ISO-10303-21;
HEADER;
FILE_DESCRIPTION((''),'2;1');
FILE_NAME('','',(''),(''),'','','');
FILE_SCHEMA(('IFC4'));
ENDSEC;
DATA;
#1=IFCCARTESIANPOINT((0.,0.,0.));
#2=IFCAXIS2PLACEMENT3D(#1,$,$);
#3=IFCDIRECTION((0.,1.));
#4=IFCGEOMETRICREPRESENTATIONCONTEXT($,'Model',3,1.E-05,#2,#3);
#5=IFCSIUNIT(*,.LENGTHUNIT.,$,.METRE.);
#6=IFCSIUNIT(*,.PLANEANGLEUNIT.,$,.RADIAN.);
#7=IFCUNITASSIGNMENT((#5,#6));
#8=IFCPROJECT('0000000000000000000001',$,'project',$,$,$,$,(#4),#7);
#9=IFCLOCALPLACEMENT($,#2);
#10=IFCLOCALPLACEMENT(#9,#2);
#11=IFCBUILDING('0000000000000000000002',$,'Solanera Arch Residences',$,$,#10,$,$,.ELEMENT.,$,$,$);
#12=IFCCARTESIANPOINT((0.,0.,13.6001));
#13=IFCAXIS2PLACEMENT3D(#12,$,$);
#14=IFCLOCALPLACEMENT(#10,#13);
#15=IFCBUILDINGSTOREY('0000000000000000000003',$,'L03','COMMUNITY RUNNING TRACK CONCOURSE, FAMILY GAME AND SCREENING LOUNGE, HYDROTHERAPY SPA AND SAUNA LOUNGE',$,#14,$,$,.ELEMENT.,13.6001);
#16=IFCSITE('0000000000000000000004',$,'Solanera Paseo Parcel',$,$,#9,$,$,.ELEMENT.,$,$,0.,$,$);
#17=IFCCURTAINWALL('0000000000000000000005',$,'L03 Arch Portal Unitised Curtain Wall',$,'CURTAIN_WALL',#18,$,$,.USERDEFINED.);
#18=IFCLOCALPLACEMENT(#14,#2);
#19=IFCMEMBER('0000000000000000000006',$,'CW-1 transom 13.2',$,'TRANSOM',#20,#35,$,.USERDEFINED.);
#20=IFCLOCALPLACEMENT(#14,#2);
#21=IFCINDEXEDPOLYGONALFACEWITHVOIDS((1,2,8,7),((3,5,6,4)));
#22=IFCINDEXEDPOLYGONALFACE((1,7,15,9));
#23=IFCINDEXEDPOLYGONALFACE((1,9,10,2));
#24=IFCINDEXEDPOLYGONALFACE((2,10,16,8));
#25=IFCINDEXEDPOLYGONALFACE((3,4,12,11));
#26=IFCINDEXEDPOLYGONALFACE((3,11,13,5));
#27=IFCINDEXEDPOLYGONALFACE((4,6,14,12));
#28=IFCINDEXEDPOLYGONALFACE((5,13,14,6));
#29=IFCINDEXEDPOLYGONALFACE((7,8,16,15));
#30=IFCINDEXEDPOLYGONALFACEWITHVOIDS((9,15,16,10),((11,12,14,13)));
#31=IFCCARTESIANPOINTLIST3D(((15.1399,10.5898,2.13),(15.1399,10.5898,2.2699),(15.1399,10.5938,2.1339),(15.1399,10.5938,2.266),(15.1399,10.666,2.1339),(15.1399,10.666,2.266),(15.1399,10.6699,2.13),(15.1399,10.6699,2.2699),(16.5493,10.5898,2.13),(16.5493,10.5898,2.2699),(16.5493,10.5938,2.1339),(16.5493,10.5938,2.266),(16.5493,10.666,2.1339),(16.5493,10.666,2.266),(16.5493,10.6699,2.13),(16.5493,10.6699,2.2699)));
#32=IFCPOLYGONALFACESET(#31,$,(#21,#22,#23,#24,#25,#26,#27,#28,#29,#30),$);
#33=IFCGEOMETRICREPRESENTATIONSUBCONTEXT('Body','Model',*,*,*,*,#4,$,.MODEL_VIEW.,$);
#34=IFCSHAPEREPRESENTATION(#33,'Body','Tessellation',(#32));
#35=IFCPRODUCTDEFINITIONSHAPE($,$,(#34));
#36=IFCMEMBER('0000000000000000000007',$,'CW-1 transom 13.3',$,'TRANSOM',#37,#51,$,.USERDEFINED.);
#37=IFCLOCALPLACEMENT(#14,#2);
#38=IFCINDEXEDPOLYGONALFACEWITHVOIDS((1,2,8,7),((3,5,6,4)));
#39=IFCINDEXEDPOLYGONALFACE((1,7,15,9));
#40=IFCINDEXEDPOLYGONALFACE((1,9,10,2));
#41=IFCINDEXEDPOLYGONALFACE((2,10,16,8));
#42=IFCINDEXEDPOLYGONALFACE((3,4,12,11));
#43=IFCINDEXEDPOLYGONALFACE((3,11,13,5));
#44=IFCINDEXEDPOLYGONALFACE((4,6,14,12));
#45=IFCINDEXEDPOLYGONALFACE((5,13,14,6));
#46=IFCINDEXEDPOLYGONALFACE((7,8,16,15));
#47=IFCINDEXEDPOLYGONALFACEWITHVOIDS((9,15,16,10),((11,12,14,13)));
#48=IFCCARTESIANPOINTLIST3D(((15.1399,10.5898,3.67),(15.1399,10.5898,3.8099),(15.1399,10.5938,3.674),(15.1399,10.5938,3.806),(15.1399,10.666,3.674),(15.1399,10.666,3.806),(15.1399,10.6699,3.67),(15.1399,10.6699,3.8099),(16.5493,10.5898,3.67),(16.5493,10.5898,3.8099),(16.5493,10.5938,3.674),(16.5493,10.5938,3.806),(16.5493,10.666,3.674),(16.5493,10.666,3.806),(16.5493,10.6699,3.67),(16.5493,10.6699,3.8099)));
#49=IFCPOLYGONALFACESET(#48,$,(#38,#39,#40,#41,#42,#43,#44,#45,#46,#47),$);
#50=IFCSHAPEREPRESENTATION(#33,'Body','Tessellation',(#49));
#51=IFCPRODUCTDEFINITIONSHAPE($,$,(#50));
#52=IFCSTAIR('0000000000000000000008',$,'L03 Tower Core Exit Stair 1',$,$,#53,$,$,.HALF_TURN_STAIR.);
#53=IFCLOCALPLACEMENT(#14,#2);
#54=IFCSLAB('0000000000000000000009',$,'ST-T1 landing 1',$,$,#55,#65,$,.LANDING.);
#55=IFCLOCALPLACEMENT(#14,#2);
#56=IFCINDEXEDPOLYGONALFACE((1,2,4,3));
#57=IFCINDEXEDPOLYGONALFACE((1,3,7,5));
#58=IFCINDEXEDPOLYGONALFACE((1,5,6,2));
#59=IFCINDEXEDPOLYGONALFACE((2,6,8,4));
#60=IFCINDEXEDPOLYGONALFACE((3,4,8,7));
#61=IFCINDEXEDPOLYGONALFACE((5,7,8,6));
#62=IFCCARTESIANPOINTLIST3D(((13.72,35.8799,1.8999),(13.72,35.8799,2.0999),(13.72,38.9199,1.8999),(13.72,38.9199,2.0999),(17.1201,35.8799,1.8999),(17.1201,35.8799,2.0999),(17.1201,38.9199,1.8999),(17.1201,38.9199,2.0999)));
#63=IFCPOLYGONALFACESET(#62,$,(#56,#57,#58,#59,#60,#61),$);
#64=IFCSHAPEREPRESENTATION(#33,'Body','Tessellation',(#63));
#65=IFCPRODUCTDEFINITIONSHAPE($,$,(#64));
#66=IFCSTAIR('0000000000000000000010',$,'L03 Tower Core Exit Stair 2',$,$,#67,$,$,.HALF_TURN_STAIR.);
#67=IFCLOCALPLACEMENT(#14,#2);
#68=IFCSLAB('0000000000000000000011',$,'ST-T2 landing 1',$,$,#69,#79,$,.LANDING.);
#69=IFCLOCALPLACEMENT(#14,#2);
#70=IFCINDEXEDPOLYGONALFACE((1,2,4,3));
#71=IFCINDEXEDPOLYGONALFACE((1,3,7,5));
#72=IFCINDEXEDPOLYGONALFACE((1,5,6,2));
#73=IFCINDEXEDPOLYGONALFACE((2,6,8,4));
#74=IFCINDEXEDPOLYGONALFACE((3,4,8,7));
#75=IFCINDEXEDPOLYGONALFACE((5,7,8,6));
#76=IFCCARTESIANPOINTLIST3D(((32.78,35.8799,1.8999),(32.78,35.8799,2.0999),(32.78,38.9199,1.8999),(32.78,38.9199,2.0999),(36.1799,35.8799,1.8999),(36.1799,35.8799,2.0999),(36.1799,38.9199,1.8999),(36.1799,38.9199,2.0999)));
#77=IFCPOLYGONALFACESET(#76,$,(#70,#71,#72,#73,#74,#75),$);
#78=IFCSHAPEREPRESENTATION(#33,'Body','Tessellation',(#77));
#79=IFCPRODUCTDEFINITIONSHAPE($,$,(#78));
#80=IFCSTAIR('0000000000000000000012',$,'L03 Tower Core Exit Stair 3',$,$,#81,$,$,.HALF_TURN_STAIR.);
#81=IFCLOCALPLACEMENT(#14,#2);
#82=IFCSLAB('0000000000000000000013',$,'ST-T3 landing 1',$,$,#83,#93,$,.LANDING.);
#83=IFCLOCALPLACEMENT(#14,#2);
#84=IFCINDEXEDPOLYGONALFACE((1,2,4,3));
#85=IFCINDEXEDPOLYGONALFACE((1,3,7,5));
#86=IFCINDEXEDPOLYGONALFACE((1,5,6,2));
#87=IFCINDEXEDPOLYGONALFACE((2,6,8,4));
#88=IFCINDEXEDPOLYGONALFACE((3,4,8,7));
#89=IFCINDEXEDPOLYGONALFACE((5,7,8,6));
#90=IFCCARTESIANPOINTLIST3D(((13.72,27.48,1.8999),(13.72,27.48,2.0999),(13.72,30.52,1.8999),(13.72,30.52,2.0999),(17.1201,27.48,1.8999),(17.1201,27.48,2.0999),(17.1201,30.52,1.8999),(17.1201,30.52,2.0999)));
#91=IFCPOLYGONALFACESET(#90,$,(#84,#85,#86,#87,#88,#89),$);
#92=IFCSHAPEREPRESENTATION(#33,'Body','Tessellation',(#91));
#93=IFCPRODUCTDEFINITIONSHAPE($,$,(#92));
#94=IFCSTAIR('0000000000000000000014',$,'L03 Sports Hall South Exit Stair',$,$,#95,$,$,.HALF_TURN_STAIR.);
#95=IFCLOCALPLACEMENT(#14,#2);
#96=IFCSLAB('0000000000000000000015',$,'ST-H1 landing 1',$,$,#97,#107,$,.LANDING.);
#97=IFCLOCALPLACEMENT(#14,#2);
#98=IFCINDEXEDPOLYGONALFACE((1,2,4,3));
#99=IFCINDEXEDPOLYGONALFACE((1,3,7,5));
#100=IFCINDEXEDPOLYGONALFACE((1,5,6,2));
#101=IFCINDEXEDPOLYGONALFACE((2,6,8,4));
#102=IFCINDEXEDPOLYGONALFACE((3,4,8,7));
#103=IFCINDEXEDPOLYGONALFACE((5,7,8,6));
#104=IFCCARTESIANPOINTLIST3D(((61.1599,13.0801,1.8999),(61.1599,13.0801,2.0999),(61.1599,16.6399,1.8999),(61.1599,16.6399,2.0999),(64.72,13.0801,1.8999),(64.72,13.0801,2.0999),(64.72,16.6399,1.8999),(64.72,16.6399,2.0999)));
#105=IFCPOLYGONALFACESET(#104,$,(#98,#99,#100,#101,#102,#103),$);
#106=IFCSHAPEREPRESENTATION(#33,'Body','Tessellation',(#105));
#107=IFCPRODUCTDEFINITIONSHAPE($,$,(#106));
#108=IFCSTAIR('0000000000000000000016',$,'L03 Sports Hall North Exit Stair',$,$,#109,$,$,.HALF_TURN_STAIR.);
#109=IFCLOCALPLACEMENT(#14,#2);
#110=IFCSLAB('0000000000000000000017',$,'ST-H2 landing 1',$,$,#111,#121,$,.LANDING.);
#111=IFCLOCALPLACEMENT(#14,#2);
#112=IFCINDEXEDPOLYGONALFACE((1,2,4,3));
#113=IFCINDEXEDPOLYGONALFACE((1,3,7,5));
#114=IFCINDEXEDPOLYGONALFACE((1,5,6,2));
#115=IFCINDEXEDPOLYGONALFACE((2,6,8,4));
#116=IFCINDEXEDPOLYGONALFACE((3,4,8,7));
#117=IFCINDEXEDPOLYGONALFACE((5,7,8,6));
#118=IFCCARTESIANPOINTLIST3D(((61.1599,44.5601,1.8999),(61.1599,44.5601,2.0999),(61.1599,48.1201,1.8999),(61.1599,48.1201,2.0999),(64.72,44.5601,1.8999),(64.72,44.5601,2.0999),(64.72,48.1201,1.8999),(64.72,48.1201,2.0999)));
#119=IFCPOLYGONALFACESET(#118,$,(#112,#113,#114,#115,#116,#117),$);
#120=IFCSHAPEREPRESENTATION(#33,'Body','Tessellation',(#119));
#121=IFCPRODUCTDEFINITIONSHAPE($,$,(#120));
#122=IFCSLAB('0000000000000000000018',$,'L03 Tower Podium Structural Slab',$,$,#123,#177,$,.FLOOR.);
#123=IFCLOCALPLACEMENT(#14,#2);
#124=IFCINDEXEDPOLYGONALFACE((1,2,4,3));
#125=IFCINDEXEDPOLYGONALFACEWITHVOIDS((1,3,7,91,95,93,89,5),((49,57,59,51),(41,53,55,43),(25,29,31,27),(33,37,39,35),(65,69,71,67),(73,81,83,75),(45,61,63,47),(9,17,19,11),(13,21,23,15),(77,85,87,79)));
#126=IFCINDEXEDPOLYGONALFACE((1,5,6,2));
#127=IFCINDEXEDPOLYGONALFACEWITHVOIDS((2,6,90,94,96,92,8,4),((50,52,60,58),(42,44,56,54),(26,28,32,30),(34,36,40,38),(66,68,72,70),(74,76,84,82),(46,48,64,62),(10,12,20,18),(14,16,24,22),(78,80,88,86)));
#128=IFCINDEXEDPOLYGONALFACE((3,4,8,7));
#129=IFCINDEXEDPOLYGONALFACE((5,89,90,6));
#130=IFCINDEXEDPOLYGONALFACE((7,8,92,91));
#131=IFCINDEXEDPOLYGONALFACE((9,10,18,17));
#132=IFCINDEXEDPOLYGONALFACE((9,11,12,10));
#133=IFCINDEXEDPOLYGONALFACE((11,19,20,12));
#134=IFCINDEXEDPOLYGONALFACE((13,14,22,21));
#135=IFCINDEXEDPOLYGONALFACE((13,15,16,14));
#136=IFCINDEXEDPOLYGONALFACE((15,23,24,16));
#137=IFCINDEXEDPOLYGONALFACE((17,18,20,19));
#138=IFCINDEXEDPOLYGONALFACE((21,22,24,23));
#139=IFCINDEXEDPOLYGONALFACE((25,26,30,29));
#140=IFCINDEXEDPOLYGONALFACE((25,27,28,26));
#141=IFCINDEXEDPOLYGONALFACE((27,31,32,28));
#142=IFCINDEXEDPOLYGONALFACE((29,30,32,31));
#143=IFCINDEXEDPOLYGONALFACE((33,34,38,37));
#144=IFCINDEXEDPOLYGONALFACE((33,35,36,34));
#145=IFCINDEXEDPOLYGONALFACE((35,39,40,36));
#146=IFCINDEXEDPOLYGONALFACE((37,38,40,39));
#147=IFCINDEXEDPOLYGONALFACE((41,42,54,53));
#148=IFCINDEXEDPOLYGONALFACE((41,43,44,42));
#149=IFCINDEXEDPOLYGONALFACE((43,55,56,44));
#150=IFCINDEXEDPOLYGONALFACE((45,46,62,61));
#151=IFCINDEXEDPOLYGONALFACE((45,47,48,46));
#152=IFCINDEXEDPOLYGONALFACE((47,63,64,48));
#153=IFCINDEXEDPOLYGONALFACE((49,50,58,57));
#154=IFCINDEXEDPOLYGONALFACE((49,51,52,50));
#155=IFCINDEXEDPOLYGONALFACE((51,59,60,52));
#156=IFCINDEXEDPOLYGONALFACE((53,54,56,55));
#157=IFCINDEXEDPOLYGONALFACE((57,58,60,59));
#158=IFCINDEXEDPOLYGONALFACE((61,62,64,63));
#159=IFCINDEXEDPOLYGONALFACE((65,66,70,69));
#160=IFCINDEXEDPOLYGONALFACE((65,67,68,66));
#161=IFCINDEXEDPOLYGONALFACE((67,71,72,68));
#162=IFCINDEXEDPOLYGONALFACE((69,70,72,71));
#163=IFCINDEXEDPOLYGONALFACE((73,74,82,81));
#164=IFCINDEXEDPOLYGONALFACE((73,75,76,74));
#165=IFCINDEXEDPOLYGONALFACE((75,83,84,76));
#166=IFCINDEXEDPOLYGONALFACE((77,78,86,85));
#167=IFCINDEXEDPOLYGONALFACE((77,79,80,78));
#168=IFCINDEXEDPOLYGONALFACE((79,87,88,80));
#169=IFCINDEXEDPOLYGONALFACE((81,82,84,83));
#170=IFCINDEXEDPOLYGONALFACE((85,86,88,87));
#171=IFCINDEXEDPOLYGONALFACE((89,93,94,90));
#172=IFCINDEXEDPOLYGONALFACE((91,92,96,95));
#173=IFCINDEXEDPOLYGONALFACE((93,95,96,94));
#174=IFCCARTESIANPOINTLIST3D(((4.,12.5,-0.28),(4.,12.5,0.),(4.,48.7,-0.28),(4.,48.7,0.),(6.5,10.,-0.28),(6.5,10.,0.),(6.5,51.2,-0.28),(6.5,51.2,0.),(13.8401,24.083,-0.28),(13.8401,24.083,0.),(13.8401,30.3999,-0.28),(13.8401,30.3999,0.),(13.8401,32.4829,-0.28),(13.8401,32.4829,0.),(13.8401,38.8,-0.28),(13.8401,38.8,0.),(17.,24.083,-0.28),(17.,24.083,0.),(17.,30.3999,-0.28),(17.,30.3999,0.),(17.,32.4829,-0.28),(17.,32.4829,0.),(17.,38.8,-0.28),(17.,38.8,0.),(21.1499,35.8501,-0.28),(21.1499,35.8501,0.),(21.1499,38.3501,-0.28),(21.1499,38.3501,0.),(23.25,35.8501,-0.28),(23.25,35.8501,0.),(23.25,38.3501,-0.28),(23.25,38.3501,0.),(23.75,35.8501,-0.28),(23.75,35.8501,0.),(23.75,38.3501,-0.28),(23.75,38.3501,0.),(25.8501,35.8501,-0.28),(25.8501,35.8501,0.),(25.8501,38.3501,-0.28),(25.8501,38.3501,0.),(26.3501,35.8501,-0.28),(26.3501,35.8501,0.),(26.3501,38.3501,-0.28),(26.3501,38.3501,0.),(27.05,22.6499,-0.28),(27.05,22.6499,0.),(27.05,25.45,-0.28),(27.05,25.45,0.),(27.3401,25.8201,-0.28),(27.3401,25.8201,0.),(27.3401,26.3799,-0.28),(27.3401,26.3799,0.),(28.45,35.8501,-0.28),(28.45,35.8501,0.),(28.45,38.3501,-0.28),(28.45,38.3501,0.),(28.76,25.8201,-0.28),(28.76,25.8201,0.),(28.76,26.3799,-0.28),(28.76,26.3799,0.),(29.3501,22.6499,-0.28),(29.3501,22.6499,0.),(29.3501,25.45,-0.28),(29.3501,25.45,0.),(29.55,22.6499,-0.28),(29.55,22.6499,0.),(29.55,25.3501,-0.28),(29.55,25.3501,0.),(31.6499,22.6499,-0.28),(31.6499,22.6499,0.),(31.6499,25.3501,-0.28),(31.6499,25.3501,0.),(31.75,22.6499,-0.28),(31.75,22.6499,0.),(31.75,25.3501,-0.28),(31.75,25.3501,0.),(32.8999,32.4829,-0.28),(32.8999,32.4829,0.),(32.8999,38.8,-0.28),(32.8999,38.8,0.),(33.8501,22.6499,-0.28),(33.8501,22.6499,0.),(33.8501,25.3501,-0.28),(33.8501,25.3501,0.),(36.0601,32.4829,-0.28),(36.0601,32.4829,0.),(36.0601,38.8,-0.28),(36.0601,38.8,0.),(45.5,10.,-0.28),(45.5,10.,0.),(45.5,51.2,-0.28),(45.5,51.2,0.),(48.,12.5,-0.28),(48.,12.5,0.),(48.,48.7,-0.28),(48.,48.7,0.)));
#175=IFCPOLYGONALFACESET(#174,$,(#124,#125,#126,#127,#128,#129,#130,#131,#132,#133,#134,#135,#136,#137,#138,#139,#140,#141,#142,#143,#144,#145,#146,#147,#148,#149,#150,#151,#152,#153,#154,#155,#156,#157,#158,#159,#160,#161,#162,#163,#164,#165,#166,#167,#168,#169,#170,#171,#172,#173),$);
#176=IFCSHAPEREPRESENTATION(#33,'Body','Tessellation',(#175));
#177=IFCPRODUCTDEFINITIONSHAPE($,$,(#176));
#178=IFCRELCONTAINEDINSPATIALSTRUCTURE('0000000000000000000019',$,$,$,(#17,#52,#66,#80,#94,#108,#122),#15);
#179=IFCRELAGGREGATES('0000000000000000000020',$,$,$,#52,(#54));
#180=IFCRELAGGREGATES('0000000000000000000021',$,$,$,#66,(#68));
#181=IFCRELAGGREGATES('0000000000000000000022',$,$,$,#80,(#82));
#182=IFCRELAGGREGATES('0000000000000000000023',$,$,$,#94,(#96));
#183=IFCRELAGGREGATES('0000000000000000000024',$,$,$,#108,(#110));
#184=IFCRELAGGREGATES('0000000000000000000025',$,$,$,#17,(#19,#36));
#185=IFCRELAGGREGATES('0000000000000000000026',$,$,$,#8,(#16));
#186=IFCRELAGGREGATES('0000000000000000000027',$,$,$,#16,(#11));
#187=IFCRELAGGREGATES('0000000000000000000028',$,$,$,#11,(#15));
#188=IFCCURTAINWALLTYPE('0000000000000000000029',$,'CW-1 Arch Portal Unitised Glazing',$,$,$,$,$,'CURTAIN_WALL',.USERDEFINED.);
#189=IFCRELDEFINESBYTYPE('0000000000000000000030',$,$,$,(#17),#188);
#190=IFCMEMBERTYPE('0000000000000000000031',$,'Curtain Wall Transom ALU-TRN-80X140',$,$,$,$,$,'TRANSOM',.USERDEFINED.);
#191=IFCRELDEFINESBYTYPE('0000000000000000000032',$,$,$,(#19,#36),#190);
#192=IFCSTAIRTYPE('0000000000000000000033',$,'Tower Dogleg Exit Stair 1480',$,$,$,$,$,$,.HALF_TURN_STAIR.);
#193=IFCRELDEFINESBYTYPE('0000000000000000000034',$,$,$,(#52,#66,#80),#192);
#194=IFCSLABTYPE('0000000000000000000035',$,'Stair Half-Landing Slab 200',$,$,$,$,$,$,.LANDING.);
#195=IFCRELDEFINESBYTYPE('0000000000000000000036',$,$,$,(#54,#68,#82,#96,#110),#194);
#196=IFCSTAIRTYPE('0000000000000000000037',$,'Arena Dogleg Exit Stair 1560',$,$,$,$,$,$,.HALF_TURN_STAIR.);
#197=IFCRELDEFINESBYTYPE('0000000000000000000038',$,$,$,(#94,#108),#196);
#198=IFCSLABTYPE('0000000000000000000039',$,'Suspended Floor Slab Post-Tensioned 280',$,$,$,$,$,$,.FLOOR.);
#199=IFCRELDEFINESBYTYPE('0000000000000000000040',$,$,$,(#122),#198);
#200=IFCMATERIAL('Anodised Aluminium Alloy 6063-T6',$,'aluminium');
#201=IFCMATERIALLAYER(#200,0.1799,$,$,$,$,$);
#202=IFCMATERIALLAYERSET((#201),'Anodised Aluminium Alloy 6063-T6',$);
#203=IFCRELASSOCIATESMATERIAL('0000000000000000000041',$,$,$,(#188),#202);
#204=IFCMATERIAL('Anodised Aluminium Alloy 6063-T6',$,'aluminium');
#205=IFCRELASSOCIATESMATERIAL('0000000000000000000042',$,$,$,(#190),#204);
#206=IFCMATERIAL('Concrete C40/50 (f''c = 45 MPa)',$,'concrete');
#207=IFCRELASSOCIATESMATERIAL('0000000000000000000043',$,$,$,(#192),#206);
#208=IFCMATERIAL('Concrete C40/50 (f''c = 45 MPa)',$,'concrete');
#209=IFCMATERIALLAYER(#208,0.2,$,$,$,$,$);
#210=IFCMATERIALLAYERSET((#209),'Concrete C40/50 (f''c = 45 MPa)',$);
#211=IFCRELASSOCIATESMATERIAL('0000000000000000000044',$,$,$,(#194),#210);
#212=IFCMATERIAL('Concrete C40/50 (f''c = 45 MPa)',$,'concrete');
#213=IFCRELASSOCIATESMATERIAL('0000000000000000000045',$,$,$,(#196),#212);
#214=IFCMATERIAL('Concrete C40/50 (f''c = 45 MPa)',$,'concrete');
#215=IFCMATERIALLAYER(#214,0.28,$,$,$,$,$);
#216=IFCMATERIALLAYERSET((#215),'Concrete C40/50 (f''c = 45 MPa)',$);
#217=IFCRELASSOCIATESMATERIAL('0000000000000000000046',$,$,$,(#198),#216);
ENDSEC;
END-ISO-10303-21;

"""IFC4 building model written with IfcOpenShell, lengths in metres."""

from ifc_helpers import new_model, si_unit, direction, frame, origin, origin_2d, place, context, subcontext, project, spatial, polyline, hollow_rectangle, outline, extrude, material, layer, layer_set, material_profile, profile_set, type_object, element, aggregate, save


model = new_model("IFC4")

# Units and contexts
model_context = context("Model", 3, precision=1e-05, world=origin(), true_north=direction((0.0, 1.0)))
body_context = subcontext(model_context, "Body", "Model", "MODEL_VIEW")
ifc_project = project(units=[si_unit("LENGTHUNIT", "METRE"), si_unit("PLANEANGLEUNIT", "RADIAN")], contexts=[model_context])

# Site, building, storey
site_placement = place(None, origin())
site = spatial("IfcSite", under=ifc_project, at=site_placement, Name="Solanera Paseo Parcel", CompositionType="ELEMENT", RefElevation=0.0)
building_placement = place(site_placement, origin())
building = spatial("IfcBuilding", under=site, at=building_placement, Name="Solanera Arch Residences", CompositionType="ELEMENT")
storey_placement = place(building_placement, frame((0.0, 0.0, 13.6001)))
storey = spatial("IfcBuildingStorey", under=building, at=storey_placement, Name="L03", Description="COMMUNITY RUNNING TRACK CONCOURSE, FAMILY GAME AND SCREENING LOUNGE, HYDROTHERAPY SPA AND SAUNA LOUNGE", CompositionType="ELEMENT", Elevation=13.6001)

# Curtain wall, members
ifc_material_1 = material(Name="Anodised Aluminium Alloy 6063-T6", Category="aluminium")
ifc_layer_1 = layer(ifc_material_1, 0.1799)
ifc_layer_set_1 = layer_set([ifc_layer_1], Name="Anodised Aluminium Alloy 6063-T6")
curtain_wall_type = type_object("IfcCurtainWallType", Name="CW-1 Arch Portal Unitised Glazing", ElementType="CURTAIN_WALL", PredefinedType="USERDEFINED", material=ifc_layer_set_1)
curtain_wall_placement = place(storey_placement, origin())
curtain_wall = element("IfcCurtainWall", 1, at=curtain_wall_placement, inside=storey, type_object=curtain_wall_type, Name="L03 Arch Portal Unitised Curtain Wall", ObjectType="CURTAIN_WALL", PredefinedType="USERDEFINED")
ifc_material_2 = material(Name="Anodised Aluminium Alloy 6063-T6", Category="aluminium")
ifc_material_profile_1 = material_profile(ifc_material_2, hollow_rectangle(XDim=0.0801, YDim=0.1399, WallThickness=0.0039, at=origin_2d()))
ifc_profile_set_1 = profile_set([ifc_material_profile_1], Name="Anodised Aluminium Alloy 6063-T6")
member_type_1 = type_object("IfcMemberType", Name="Curtain Wall Transom ALU-TRN-80X140", ElementType="TRANSOM", PredefinedType="USERDEFINED", material=ifc_profile_set_1)
member_1_placement = place(storey_placement, frame((16.5493, 10.6299, 2.2), z_axis=(-1.0, 0.0, 0.0), x_axis=(0.0, -1.0, 0.0)))
member_1 = element("IfcMember", 2, at=member_1_placement, type_object=member_type_1, Name="CW-1 transom 13.2", ObjectType="TRANSOM", PredefinedType="USERDEFINED", context=body_context, shape_type="SweptSolid", body=[
    extrude(hollow_rectangle(XDim=0.0801, YDim=0.1399, WallThickness=0.0039, at=origin_2d()), origin(), (0.0, 0.0, 1.0), 1.4094),
])
member_2_placement = place(storey_placement, frame((16.5493, 10.6299, 3.74), z_axis=(-1.0, 0.0, 0.0), x_axis=(0.0, -1.0, 0.0)))
member_2 = element("IfcMember", 3, at=member_2_placement, type_object=member_type_1, Name="CW-1 transom 13.3", ObjectType="TRANSOM", PredefinedType="USERDEFINED", context=body_context, shape_type="SweptSolid", body=[
    extrude(hollow_rectangle(XDim=0.0801, YDim=0.1399, WallThickness=0.0039, at=origin_2d()), origin(), (0.0, 0.0, 1.0), 1.4094),
])

# Stairs, slabs
ifc_material_3 = material(Name="Concrete C40/50 (f'c = 45 MPa)", Category="concrete")
stair_type_1 = type_object("IfcStairType", Name="Tower Dogleg Exit Stair 1480", PredefinedType="HALF_TURN_STAIR", material=ifc_material_3)
stair_1_placement = place(storey_placement, origin())
stair_1 = element("IfcStair", 4, at=stair_1_placement, inside=storey, type_object=stair_type_1, Name="L03 Tower Core Exit Stair 1", PredefinedType="HALF_TURN_STAIR")
ifc_material_4 = material(Name="Concrete C40/50 (f'c = 45 MPa)", Category="concrete")
ifc_layer_2 = layer(ifc_material_4, 0.2)
ifc_layer_set_2 = layer_set([ifc_layer_2], Name="Concrete C40/50 (f'c = 45 MPa)")
slab_type_1 = type_object("IfcSlabType", Name="Stair Half-Landing Slab 200", PredefinedType="LANDING", material=ifc_layer_set_2)
slab_1_placement = place(storey_placement, frame((0.0, 0.0, 1.8999)))
slab_1 = element("IfcSlab", 5, at=slab_1_placement, type_object=slab_type_1, Name="ST-T1 landing 1", PredefinedType="LANDING", context=body_context, shape_type="SweptSolid", body=[
    extrude(outline(polyline([(17.1201, 35.8799), (17.1201, 38.9199), (13.72, 38.9199), (13.72, 35.8799), (17.1201, 35.8799)])), origin(), (0.0, 0.0, 1.0), 0.2),
])
aggregate(stair_1, [slab_1])
stair_2_placement = place(storey_placement, origin())
stair_2 = element("IfcStair", 6, at=stair_2_placement, inside=storey, type_object=stair_type_1, Name="L03 Tower Core Exit Stair 2", PredefinedType="HALF_TURN_STAIR")
slab_2_placement = place(storey_placement, frame((0.0, 0.0, 1.8999)))
slab_2 = element("IfcSlab", 7, at=slab_2_placement, type_object=slab_type_1, Name="ST-T2 landing 1", PredefinedType="LANDING", context=body_context, shape_type="SweptSolid", body=[
    extrude(outline(polyline([(36.1799, 35.8799), (36.1799, 38.9199), (32.78, 38.9199), (32.78, 35.8799), (36.1799, 35.8799)])), origin(), (0.0, 0.0, 1.0), 0.2),
])
aggregate(stair_2, [slab_2])
stair_3_placement = place(storey_placement, origin())
stair_3 = element("IfcStair", 8, at=stair_3_placement, inside=storey, type_object=stair_type_1, Name="L03 Tower Core Exit Stair 3", PredefinedType="HALF_TURN_STAIR")
slab_3_placement = place(storey_placement, frame((0.0, 0.0, 1.8999)))
slab_3 = element("IfcSlab", 9, at=slab_3_placement, type_object=slab_type_1, Name="ST-T3 landing 1", PredefinedType="LANDING", context=body_context, shape_type="SweptSolid", body=[
    extrude(outline(polyline([(17.1201, 27.48), (17.1201, 30.52), (13.72, 30.52), (13.72, 27.48), (17.1201, 27.48)])), origin(), (0.0, 0.0, 1.0), 0.2),
])
aggregate(stair_3, [slab_3])
ifc_material_5 = material(Name="Concrete C40/50 (f'c = 45 MPa)", Category="concrete")
stair_type_2 = type_object("IfcStairType", Name="Arena Dogleg Exit Stair 1560", PredefinedType="HALF_TURN_STAIR", material=ifc_material_5)
stair_4_placement = place(storey_placement, origin())
stair_4 = element("IfcStair", 10, at=stair_4_placement, inside=storey, type_object=stair_type_2, Name="L03 Sports Hall South Exit Stair", PredefinedType="HALF_TURN_STAIR")
slab_4_placement = place(storey_placement, frame((0.0, 0.0, 1.8999)))
slab_4 = element("IfcSlab", 11, at=slab_4_placement, type_object=slab_type_1, Name="ST-H1 landing 1", PredefinedType="LANDING", context=body_context, shape_type="SweptSolid", body=[
    extrude(outline(polyline([(61.1599, 13.0801), (64.72, 13.0801), (64.72, 16.6399), (61.1599, 16.6399), (61.1599, 13.0801)])), origin(), (0.0, 0.0, 1.0), 0.2),
])
aggregate(stair_4, [slab_4])
stair_5_placement = place(storey_placement, origin())
stair_5 = element("IfcStair", 12, at=stair_5_placement, inside=storey, type_object=stair_type_2, Name="L03 Sports Hall North Exit Stair", PredefinedType="HALF_TURN_STAIR")
slab_5_placement = place(storey_placement, frame((0.0, 0.0, 1.8999)))
slab_5 = element("IfcSlab", 13, at=slab_5_placement, type_object=slab_type_1, Name="ST-H2 landing 1", PredefinedType="LANDING", context=body_context, shape_type="SweptSolid", body=[
    extrude(outline(polyline([(61.1599, 44.5601), (64.72, 44.5601), (64.72, 48.1201), (61.1599, 48.1201), (61.1599, 44.5601)])), origin(), (0.0, 0.0, 1.0), 0.2),
])
aggregate(stair_5, [slab_5])

# Slab
ifc_material_6 = material(Name="Concrete C40/50 (f'c = 45 MPa)", Category="concrete")
ifc_layer_3 = layer(ifc_material_6, 0.28)
ifc_layer_set_3 = layer_set([ifc_layer_3], Name="Concrete C40/50 (f'c = 45 MPa)")
slab_type_2 = type_object("IfcSlabType", Name="Suspended Floor Slab Post-Tensioned 280", PredefinedType="FLOOR", material=ifc_layer_set_3)
slab_6_placement = place(storey_placement, frame((0.0, 0.0, -0.28)))
element("IfcSlab", 14, at=slab_6_placement, inside=storey, type_object=slab_type_2, Name="L03 Tower Podium Structural Slab", PredefinedType="FLOOR", context=body_context, shape_type="SweptSolid", body=[
    extrude(outline(polyline([(6.5, 10.0), (45.5, 10.0), (48.0, 12.5), (48.0, 48.7), (45.5, 51.2), (6.5, 51.2), (4.0, 48.7), (4.0, 12.5), (6.5, 10.0)]), holes=[polyline([(13.8401, 32.4829), (13.8401, 38.8), (17.0, 38.8), (17.0, 32.4829), (13.8401, 32.4829)]), polyline([(32.8999, 32.4829), (32.8999, 38.8), (36.0601, 38.8), (36.0601, 32.4829), (32.8999, 32.4829)]), polyline([(13.8401, 24.083), (13.8401, 30.3999), (17.0, 30.3999), (17.0, 24.083), (13.8401, 24.083)]), polyline([(21.1499, 38.3501), (23.25, 38.3501), (23.25, 35.8501), (21.1499, 35.8501), (21.1499, 38.3501)]), polyline([(23.75, 38.3501), (25.8501, 38.3501), (25.8501, 35.8501), (23.75, 35.8501), (23.75, 38.3501)]), polyline([(26.3501, 38.3501), (28.45, 38.3501), (28.45, 35.8501), (26.3501, 35.8501), (26.3501, 38.3501)]), polyline([(29.55, 25.3501), (31.6499, 25.3501), (31.6499, 22.6499), (29.55, 22.6499), (29.55, 25.3501)]), polyline([(31.75, 25.3501), (33.8501, 25.3501), (33.8501, 22.6499), (31.75, 22.6499), (31.75, 25.3501)]), polyline([(27.05, 25.45), (29.3501, 25.45), (29.3501, 22.6499), (27.05, 22.6499), (27.05, 25.45)]), polyline([(27.3401, 26.3799), (28.76, 26.3799), (28.76, 25.8201), (27.3401, 25.8201), (27.3401, 26.3799)])]), origin(), (0.0, 0.0, 1.0), 0.28),
])

aggregate(curtain_wall, [member_1, member_2])

save(model, "model.ifc")
